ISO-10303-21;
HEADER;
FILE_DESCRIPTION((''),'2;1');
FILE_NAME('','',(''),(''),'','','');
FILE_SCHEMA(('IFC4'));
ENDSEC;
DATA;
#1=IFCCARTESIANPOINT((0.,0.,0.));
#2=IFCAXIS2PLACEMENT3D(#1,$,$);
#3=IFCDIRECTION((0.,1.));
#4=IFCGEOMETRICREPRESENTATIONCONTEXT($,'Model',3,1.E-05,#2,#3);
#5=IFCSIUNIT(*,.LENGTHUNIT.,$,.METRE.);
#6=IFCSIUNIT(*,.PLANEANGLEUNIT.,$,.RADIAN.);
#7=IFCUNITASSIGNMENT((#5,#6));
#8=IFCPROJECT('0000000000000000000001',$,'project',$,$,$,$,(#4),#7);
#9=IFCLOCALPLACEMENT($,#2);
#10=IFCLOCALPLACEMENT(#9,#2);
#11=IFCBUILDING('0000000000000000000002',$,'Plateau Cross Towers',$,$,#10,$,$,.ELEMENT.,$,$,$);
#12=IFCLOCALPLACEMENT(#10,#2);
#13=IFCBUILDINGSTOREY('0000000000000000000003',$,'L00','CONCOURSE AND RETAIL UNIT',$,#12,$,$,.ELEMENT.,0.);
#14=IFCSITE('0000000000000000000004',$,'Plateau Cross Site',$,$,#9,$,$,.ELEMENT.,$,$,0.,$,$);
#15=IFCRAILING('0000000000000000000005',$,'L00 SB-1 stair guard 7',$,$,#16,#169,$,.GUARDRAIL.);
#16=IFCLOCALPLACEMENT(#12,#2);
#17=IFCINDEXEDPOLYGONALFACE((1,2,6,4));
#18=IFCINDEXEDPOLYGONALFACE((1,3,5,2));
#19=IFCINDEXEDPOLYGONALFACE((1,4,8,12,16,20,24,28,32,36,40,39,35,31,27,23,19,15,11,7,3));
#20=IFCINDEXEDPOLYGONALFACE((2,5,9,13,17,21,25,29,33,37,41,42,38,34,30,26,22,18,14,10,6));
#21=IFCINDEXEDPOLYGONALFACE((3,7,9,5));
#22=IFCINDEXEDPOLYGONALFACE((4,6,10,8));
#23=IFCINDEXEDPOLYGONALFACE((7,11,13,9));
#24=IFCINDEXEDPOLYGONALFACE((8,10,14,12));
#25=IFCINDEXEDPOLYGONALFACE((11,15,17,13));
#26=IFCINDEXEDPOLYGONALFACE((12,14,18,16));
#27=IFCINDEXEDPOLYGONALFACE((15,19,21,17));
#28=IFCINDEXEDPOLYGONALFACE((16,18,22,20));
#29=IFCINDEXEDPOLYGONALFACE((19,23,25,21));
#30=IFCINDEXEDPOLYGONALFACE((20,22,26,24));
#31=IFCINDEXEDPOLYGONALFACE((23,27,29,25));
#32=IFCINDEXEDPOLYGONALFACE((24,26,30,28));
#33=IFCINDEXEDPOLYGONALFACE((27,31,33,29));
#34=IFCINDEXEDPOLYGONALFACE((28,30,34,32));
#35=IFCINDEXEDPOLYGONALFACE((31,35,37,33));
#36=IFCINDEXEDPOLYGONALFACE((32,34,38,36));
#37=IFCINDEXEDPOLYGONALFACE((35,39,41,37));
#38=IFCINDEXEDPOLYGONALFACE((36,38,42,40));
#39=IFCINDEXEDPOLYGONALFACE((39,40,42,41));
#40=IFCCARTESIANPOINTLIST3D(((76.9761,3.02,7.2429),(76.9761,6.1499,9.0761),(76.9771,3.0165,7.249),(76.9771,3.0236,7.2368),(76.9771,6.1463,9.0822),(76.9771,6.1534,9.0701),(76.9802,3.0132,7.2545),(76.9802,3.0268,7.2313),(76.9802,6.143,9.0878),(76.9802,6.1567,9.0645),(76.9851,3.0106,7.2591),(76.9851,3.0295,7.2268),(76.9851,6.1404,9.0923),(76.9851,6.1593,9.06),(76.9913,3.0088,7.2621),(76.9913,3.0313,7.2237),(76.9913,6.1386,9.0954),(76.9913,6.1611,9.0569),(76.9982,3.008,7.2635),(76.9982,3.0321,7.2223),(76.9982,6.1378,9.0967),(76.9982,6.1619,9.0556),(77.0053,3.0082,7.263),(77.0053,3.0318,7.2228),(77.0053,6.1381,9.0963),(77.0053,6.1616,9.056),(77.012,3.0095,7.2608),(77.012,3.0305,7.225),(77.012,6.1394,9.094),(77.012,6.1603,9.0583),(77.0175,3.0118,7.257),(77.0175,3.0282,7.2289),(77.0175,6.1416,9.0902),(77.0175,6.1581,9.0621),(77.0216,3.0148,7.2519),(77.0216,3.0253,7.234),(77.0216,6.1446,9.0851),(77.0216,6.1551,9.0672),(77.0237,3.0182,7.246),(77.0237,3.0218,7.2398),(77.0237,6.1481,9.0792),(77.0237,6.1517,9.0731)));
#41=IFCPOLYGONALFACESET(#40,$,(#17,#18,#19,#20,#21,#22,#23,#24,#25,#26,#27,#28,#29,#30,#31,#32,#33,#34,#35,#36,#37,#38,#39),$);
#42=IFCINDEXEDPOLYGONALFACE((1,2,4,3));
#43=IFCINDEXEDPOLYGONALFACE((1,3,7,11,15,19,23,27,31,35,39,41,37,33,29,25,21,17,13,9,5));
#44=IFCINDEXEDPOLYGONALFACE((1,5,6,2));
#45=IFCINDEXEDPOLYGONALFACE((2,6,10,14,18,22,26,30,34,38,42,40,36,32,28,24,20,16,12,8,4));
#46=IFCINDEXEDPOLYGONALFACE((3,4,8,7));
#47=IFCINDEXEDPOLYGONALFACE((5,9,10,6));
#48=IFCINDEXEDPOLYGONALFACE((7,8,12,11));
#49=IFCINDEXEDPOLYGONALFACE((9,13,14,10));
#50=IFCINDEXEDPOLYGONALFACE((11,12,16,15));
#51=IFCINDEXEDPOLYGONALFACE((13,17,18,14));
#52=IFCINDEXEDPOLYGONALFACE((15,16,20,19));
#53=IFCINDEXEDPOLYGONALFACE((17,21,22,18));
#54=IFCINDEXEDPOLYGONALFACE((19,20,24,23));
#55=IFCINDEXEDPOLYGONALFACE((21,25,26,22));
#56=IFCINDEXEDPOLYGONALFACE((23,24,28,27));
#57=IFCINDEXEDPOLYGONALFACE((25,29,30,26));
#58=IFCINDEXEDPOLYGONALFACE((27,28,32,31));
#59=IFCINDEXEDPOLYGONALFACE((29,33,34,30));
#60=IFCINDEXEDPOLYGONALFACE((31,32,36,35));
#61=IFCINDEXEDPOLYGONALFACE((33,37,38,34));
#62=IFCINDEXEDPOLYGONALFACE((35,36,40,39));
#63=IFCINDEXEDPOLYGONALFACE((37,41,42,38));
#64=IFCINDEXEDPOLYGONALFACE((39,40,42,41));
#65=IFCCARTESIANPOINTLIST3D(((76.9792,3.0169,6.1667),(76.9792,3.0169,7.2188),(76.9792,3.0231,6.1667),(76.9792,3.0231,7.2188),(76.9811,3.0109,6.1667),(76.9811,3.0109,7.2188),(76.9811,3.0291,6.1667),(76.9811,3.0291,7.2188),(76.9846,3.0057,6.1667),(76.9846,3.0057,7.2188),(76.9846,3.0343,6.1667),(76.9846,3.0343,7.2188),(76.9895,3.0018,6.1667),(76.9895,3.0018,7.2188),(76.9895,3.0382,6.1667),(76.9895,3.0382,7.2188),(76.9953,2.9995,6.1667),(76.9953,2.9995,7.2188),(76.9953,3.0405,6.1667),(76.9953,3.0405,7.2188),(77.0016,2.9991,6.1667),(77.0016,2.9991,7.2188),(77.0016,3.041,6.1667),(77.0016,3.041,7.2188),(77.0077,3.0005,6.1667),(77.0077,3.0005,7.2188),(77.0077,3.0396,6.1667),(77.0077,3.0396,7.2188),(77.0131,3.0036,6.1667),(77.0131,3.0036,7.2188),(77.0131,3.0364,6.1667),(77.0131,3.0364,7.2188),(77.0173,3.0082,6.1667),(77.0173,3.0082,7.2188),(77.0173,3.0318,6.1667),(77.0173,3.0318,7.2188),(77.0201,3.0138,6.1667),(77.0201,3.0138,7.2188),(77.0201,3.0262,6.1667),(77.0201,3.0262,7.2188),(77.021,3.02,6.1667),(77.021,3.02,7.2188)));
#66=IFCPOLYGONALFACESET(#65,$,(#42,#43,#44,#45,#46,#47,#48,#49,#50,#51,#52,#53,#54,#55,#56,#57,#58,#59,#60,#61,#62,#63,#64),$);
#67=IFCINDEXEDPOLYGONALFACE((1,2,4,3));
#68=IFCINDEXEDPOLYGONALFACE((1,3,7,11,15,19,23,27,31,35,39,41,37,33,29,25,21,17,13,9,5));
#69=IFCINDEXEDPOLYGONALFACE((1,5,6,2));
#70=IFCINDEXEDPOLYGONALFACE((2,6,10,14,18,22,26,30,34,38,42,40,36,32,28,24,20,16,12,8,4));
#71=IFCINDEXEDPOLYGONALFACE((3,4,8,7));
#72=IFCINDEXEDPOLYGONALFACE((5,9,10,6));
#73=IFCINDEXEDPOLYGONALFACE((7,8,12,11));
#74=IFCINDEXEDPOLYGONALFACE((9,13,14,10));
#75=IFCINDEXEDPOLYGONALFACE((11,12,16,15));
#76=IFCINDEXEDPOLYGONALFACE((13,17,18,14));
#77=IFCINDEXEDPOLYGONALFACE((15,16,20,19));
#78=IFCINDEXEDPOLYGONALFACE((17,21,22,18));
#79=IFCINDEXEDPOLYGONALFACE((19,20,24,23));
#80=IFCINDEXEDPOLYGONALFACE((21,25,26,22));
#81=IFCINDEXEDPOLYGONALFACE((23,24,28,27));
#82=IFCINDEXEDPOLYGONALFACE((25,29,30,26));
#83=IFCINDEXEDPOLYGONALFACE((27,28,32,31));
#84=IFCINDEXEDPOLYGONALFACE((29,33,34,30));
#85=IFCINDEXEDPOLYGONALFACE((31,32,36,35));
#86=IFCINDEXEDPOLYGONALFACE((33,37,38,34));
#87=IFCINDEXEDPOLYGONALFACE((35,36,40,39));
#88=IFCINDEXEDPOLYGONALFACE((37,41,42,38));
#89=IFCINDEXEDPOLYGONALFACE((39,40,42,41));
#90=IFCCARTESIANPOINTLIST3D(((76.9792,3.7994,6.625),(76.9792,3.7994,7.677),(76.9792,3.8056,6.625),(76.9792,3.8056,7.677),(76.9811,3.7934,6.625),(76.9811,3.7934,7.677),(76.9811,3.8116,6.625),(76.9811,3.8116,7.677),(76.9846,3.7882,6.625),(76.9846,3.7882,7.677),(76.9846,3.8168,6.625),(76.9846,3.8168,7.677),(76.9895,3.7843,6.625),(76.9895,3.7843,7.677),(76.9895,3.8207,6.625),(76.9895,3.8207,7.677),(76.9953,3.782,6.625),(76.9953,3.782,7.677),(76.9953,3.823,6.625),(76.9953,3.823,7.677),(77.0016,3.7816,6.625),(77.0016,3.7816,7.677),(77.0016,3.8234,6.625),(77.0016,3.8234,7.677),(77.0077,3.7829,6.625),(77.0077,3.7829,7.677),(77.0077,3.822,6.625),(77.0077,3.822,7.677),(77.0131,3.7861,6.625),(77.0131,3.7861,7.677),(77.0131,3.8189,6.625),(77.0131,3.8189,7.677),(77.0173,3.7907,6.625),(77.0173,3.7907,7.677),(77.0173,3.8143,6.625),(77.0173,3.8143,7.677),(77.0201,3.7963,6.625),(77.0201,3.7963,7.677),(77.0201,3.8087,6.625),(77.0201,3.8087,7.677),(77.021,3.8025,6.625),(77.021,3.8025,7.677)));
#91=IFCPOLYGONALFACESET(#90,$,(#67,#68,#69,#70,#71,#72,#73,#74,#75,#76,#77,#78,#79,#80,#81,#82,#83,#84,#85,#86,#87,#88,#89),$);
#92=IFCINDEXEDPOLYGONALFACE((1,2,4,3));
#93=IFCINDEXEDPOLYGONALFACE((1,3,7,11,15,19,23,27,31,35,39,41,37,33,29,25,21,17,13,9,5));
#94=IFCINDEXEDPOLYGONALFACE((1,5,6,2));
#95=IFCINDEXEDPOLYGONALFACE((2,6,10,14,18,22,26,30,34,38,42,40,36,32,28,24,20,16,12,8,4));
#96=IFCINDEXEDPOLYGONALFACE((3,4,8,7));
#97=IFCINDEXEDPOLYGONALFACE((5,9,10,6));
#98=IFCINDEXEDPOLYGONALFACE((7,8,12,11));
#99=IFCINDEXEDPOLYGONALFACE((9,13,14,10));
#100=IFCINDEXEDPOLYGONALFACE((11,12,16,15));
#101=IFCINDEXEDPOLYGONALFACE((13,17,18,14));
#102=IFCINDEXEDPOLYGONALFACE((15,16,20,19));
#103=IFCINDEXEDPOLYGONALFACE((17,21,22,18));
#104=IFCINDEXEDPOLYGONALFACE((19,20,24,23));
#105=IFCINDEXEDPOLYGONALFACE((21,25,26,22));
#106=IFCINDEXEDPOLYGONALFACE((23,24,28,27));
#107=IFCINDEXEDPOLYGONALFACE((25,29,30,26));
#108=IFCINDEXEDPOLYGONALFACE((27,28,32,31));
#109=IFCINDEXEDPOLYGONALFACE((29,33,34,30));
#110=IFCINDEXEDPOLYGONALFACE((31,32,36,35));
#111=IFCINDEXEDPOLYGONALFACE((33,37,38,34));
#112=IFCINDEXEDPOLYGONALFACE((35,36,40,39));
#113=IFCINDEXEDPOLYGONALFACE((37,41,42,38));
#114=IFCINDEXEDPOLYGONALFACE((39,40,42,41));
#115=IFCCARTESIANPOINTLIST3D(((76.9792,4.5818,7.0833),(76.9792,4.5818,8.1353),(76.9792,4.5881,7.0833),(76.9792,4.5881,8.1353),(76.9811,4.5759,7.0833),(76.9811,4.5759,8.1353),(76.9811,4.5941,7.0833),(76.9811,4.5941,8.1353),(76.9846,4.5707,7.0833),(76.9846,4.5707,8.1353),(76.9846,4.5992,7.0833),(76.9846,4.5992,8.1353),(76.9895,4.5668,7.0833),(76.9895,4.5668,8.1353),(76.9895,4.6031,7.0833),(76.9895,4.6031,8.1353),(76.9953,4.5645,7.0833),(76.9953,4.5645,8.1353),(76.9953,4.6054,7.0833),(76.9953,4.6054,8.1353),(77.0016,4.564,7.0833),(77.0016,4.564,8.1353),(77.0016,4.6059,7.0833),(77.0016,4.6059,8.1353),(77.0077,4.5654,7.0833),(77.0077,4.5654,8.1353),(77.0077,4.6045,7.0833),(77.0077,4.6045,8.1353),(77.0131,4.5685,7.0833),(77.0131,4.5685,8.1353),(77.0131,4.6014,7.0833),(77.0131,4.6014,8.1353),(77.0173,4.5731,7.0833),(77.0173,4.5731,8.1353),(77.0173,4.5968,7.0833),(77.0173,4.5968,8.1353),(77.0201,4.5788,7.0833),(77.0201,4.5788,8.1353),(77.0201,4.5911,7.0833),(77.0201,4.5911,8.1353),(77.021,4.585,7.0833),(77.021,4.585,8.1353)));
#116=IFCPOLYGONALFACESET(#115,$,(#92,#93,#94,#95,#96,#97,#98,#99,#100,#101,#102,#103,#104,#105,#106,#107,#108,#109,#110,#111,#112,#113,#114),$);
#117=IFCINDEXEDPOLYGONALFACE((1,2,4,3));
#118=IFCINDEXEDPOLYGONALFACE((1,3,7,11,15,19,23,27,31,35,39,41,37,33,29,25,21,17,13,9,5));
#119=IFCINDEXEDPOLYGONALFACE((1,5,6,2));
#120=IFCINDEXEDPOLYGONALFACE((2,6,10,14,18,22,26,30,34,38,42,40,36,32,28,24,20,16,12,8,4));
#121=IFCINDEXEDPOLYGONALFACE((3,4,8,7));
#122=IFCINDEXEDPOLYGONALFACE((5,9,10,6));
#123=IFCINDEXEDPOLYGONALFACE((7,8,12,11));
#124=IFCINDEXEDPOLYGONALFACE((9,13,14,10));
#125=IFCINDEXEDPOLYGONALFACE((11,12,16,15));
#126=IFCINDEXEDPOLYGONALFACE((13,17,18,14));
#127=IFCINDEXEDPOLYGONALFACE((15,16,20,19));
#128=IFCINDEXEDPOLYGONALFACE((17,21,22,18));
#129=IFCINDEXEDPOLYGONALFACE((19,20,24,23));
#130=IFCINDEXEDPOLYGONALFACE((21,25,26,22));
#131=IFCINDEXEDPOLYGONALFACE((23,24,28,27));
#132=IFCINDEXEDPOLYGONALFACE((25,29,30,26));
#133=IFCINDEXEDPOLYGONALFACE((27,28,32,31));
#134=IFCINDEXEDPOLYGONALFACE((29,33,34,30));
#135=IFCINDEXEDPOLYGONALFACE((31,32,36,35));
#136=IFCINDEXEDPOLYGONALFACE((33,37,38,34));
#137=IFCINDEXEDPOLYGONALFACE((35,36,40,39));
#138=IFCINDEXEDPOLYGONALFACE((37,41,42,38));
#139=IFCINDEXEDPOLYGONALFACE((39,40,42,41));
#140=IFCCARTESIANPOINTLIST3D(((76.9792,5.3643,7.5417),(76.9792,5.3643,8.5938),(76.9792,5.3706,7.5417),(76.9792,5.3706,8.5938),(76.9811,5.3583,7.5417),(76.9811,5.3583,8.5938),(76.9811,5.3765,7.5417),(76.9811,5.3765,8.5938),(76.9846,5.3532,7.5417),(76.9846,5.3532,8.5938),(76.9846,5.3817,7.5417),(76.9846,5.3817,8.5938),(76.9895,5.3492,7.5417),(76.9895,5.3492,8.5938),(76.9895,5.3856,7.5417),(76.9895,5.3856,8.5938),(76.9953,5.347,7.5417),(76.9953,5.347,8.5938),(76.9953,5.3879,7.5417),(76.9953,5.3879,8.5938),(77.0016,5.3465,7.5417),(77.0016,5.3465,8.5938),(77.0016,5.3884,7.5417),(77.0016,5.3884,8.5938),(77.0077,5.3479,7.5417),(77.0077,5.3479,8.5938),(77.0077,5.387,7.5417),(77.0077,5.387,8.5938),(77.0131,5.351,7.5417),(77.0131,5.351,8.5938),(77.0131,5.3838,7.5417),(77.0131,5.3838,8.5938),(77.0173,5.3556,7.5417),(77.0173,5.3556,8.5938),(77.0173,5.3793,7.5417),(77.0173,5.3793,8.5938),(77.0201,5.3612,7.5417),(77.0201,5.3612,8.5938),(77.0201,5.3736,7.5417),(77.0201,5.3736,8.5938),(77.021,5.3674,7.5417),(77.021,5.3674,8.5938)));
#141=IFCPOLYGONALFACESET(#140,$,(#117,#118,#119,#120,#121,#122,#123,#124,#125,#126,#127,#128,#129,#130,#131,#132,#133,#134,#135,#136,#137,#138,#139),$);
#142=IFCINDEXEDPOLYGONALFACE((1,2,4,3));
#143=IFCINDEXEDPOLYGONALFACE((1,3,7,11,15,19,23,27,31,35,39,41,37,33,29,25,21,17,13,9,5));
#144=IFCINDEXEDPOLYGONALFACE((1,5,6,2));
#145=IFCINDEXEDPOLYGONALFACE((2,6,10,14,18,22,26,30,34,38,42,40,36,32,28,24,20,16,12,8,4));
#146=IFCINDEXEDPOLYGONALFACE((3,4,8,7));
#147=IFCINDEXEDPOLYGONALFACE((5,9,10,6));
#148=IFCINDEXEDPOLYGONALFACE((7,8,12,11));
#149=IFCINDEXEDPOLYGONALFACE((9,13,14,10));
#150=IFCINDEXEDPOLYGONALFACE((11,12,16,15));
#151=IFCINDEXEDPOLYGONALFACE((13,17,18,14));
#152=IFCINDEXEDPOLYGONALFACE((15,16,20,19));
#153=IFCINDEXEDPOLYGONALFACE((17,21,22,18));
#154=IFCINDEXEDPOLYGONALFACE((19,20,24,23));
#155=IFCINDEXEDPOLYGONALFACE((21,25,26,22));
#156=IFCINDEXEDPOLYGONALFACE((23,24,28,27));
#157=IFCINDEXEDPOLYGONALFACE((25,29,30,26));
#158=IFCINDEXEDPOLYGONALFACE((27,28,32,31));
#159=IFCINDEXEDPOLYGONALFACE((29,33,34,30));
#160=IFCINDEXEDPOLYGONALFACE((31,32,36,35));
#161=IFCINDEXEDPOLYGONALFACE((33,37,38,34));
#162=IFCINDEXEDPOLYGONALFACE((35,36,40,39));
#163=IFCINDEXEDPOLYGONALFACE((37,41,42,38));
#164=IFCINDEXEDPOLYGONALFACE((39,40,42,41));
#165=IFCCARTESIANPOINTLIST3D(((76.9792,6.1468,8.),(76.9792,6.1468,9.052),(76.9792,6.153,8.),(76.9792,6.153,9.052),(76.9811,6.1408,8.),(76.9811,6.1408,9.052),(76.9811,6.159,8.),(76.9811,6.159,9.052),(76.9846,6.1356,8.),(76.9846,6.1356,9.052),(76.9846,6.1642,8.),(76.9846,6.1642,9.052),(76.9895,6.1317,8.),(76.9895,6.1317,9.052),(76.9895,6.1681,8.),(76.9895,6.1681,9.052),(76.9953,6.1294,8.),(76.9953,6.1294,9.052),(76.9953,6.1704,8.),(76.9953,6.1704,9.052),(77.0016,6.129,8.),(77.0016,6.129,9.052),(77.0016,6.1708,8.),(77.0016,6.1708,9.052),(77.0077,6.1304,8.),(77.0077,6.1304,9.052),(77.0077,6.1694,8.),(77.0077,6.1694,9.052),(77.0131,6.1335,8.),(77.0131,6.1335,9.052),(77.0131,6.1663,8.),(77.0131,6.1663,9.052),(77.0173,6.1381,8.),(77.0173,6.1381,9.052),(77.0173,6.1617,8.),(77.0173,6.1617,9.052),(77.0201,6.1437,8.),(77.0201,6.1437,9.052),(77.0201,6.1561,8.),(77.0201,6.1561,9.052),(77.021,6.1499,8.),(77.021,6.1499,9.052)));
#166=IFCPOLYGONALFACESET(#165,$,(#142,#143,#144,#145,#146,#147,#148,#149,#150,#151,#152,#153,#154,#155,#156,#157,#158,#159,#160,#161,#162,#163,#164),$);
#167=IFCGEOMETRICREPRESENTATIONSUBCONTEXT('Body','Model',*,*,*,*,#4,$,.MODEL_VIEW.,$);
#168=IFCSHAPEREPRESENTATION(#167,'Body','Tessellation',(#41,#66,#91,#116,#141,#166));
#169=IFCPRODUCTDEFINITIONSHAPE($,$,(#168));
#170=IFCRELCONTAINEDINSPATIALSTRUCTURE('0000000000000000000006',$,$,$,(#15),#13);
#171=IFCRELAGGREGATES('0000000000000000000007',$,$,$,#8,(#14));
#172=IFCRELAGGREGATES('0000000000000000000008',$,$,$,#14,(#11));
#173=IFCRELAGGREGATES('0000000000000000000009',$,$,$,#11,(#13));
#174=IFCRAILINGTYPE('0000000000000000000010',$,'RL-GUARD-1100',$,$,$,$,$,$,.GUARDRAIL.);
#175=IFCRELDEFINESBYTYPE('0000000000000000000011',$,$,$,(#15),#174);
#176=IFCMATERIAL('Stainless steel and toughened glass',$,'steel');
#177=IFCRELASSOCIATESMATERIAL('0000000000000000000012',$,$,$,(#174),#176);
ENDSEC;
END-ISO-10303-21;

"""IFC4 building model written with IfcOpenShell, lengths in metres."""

from ifc_helpers import new_model, si_unit, direction, frame, origin, origin_2d, place, context, subcontext, project, spatial, circle, extrude, material, type_object, element, save


model = new_model("IFC4")

# Units and contexts
model_context = context("Model", 3, precision=1e-05, world=origin(), true_north=direction((0.0, 1.0)))
body_context = subcontext(model_context, "Body", "Model", "MODEL_VIEW")
ifc_project = project(units=[si_unit("LENGTHUNIT", "METRE"), si_unit("PLANEANGLEUNIT", "RADIAN")], contexts=[model_context])

# Site, building, storey
site_placement = place(None, origin())
site = spatial("IfcSite", under=ifc_project, at=site_placement, Name="Plateau Cross Site", CompositionType="ELEMENT", RefElevation=0.0)
building_placement = place(site_placement, origin())
building = spatial("IfcBuilding", under=site, at=building_placement, Name="Plateau Cross Towers", CompositionType="ELEMENT")
storey_placement = place(building_placement, origin())
storey = spatial("IfcBuildingStorey", under=building, at=storey_placement, Name="L00", Description="CONCOURSE AND RETAIL UNIT", CompositionType="ELEMENT", Elevation=0.0)

# Railing
ifc_material_1 = material(Name="Stainless steel and toughened glass", Category="steel")
railing_type = type_object("IfcRailingType", Name="RL-GUARD-1100", PredefinedType="GUARDRAIL", material=ifc_material_1)
railing_1_placement = place(storey_placement, frame((77.0, 3.02, 6.1667)))
element("IfcRailing", 1, at=railing_1_placement, inside=storey, type_object=railing_type, Name="L00 SB-1 stair guard 7", PredefinedType="GUARDRAIL", context=body_context, shape_type="SweptSolid", body=[
    extrude(circle(Radius=0.0239, at=origin_2d()), frame((0.0, 0.0, 1.0762), z_axis=(0.0, 0.862879, 0.50541), x_axis=(-1.0, 0.0, 0.0)), (0.0, 0.0, 1.0), 3.6272),
    extrude(circle(Radius=0.021, at=origin_2d()), origin(), (0.0, 0.0, 1.0), 1.052),
    extrude(circle(Radius=0.021, at=origin_2d()), frame((0.0, 0.7825, 0.4583)), (0.0, 0.0, 1.0), 1.052),
    extrude(circle(Radius=0.021, at=origin_2d()), frame((0.0, 1.5649, 0.9165)), (0.0, 0.0, 1.0), 1.052),
    extrude(circle(Radius=0.021, at=origin_2d()), frame((0.0, 2.3474, 1.375)), (0.0, 0.0, 1.0), 1.052),
    extrude(circle(Radius=0.021, at=origin_2d()), frame((0.0, 3.1299, 1.8333)), (0.0, 0.0, 1.0), 1.052),
])

save(model, "model.ifc")
